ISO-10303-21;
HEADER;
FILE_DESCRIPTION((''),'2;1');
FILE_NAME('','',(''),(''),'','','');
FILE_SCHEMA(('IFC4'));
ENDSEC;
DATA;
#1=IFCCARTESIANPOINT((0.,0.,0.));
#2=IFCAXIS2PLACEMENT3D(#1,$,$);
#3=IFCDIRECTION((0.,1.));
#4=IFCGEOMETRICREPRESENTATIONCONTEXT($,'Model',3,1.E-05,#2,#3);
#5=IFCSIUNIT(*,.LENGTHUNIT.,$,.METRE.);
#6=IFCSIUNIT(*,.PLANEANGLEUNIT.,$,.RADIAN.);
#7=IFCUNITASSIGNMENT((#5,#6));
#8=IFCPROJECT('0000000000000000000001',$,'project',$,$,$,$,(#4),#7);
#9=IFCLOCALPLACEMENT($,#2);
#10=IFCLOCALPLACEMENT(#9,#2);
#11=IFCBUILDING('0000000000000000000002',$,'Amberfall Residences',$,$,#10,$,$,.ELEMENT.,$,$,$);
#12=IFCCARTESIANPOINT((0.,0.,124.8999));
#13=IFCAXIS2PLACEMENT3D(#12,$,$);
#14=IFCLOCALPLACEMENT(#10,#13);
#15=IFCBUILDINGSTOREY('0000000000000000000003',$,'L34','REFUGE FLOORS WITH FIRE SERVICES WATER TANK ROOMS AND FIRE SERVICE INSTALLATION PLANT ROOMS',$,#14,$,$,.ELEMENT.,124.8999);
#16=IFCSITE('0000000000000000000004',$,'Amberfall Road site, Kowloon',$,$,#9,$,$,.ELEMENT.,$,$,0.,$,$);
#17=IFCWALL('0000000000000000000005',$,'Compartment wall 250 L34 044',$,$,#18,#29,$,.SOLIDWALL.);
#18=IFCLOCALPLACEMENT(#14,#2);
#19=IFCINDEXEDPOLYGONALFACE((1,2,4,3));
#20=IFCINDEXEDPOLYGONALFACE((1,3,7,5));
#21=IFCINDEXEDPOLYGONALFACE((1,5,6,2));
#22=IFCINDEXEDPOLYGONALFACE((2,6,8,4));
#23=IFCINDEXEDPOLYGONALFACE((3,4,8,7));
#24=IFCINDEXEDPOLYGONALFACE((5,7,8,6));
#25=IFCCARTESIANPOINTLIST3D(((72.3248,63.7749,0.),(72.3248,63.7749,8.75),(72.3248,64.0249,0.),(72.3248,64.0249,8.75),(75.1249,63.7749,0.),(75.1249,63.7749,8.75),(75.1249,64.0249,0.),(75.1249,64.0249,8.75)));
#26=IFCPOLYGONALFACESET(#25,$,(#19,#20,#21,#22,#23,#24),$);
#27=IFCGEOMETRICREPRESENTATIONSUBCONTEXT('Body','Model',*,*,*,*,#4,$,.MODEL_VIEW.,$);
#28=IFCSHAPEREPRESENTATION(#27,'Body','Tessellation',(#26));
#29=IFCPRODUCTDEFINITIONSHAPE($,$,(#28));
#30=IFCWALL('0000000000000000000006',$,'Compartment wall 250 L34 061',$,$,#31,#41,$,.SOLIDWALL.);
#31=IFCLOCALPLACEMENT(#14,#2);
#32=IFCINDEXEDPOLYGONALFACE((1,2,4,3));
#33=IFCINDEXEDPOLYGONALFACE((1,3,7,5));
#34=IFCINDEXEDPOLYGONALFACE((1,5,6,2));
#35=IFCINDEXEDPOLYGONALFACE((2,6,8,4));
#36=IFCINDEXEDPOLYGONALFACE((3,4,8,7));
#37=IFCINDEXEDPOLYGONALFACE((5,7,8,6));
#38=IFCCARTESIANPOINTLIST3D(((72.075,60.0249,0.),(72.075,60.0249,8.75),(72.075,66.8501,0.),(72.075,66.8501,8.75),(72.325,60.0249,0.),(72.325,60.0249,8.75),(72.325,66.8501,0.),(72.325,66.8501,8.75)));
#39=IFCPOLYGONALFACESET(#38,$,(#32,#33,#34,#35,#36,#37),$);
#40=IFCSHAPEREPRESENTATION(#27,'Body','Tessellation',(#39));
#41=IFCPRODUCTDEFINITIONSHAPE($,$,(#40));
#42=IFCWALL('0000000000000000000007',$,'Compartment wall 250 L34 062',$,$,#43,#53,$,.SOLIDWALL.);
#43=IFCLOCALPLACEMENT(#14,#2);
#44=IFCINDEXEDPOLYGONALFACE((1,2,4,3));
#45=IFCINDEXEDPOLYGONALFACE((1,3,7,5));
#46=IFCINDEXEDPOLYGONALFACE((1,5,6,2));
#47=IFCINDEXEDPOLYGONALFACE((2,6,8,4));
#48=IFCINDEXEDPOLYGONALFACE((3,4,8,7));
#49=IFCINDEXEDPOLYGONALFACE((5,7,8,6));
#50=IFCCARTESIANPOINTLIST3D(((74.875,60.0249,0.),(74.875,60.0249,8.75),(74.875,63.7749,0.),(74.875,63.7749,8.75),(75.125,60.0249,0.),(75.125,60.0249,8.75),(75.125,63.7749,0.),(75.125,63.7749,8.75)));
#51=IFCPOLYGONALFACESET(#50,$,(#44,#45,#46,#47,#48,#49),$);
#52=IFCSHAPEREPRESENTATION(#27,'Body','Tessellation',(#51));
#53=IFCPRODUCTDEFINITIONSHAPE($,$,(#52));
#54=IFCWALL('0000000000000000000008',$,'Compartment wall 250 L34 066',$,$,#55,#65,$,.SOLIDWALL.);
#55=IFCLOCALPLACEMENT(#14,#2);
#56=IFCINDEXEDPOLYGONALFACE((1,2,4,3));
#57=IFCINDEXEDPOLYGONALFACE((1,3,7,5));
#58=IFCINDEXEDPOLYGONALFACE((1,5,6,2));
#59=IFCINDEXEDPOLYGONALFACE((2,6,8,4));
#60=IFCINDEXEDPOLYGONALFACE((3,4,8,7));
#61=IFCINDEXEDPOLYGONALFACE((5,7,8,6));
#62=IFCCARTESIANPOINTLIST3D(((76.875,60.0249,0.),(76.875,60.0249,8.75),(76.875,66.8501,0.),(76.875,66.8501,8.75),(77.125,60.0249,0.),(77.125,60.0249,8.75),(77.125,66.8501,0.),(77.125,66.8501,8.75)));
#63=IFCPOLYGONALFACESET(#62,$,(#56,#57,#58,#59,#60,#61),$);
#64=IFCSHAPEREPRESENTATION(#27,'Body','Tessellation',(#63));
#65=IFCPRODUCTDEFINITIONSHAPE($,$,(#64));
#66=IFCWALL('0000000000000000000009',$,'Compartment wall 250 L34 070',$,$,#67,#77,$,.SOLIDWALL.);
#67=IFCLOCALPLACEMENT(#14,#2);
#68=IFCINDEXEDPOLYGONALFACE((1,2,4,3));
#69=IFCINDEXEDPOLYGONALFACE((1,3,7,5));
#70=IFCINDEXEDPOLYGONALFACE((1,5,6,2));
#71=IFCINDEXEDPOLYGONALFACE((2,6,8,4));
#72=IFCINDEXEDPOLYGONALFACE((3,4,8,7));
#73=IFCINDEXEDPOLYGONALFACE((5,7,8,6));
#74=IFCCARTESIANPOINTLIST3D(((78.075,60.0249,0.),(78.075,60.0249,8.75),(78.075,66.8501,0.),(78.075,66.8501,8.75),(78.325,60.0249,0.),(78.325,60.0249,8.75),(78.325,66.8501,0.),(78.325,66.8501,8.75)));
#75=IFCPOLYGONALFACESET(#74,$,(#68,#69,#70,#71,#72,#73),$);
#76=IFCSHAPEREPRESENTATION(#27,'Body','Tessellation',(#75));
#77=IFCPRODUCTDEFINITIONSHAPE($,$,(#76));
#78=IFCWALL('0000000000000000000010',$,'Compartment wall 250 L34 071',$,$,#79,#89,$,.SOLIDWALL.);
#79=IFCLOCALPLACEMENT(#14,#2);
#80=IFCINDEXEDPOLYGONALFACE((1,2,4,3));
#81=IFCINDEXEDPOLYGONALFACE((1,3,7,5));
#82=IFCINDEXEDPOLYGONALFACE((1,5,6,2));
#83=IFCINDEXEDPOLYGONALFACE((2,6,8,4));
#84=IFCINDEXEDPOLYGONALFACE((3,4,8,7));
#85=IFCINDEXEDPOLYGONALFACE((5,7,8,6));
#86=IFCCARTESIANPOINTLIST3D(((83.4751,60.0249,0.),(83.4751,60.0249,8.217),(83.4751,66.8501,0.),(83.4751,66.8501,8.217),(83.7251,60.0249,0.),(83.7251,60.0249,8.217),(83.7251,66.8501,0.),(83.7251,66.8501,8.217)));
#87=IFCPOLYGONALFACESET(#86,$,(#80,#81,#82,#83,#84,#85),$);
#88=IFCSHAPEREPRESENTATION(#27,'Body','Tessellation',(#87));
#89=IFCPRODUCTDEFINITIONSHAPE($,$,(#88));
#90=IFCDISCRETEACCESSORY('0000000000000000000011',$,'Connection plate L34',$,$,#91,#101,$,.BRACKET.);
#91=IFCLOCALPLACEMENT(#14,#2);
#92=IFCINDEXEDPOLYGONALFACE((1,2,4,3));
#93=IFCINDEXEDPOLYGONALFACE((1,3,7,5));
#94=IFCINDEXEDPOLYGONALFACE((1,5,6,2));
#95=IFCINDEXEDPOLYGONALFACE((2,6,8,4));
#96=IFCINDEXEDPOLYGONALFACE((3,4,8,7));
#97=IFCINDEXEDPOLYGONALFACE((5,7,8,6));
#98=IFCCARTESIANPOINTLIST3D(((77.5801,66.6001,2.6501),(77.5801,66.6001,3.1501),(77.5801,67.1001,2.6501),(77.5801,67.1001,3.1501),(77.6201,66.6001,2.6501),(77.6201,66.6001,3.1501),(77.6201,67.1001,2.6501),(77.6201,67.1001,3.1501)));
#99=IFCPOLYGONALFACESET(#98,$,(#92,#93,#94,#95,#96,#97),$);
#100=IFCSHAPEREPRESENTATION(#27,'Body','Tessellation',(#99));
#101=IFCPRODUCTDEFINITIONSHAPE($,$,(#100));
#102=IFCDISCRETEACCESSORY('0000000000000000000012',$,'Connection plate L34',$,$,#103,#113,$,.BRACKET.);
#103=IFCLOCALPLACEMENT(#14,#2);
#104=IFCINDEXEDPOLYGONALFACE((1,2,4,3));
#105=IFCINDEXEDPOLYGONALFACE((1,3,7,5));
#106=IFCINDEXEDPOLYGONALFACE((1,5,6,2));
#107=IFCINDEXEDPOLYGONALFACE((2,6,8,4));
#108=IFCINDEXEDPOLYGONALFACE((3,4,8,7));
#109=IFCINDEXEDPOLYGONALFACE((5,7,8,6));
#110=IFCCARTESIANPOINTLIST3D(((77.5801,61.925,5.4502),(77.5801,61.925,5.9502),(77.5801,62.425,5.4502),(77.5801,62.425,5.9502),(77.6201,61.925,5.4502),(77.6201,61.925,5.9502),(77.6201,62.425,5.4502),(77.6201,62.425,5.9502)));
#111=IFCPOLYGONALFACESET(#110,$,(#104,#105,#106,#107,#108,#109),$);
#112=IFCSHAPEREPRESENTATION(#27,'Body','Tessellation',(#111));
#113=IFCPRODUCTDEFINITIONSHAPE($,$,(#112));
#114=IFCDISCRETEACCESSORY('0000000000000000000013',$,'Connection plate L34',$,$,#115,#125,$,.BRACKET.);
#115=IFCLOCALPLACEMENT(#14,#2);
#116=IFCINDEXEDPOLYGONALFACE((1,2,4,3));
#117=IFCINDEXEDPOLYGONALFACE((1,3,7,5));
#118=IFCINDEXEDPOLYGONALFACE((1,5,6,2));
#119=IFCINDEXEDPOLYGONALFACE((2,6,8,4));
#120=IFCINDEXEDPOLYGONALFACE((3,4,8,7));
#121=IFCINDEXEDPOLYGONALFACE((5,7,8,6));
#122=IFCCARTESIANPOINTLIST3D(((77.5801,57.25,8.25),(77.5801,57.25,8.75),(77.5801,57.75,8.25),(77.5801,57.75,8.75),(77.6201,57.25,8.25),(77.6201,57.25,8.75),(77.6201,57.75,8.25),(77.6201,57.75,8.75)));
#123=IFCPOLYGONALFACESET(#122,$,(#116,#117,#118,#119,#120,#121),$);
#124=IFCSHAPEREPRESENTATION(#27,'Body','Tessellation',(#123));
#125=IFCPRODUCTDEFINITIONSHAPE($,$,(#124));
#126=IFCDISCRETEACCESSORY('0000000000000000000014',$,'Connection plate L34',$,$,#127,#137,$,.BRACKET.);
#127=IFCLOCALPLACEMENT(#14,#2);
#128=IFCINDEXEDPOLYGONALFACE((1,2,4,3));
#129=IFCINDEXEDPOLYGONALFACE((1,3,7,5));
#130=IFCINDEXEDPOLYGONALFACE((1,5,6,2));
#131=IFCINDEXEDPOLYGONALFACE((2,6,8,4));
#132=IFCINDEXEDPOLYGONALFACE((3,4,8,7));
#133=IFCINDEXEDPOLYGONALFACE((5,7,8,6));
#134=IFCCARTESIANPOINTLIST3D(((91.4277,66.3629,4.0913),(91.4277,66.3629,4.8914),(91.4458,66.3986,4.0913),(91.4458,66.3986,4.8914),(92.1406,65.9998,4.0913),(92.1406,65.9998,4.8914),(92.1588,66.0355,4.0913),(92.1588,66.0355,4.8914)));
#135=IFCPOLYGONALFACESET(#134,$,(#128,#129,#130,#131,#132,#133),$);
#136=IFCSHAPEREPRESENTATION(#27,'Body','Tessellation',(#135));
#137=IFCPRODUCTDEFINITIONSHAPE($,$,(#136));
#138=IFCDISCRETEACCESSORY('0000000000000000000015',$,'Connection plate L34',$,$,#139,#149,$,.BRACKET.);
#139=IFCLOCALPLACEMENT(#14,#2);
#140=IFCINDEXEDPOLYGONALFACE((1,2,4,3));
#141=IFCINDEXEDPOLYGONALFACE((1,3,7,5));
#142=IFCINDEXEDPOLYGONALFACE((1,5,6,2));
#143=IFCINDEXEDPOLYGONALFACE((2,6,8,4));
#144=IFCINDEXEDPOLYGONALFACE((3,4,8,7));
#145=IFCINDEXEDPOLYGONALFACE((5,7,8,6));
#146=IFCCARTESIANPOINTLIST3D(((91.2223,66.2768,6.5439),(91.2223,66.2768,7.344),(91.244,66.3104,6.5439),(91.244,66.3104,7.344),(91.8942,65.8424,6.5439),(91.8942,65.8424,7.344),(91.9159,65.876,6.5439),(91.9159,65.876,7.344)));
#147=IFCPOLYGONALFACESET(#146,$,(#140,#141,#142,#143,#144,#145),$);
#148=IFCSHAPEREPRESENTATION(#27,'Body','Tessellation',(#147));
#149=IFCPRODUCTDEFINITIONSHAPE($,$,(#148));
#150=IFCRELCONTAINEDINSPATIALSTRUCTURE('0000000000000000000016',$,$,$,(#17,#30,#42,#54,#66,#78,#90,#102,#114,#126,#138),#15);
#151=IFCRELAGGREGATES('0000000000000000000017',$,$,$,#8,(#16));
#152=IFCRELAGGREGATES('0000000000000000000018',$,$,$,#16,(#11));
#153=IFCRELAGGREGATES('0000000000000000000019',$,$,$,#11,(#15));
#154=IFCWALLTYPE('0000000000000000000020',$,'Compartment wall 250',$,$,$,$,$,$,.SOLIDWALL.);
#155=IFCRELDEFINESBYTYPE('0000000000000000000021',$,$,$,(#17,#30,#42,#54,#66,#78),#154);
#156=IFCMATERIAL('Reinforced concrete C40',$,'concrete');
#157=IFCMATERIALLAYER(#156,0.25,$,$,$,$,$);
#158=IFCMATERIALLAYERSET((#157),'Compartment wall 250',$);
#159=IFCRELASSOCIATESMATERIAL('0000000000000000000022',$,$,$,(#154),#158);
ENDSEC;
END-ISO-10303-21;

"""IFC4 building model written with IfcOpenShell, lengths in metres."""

from ifc_helpers import new_model, si_unit, direction, frame, frame_2d, origin, origin_2d, place, context, subcontext, project, spatial, rectangle, extrude, material, layer, layer_set, type_object, element, save


model = new_model("IFC4")

# Units and contexts
model_context = context("Model", 3, precision=1e-05, world=origin(), true_north=direction((0.0, 1.0)))
body_context = subcontext(model_context, "Body", "Model", "MODEL_VIEW")
ifc_project = project(units=[si_unit("LENGTHUNIT", "METRE"), si_unit("PLANEANGLEUNIT", "RADIAN")], contexts=[model_context])

# Site, building, storey
site_placement = place(None, origin())
site = spatial("IfcSite", under=ifc_project, at=site_placement, Name="Amberfall Road site, Kowloon", CompositionType="ELEMENT", RefElevation=0.0)
building_placement = place(site_placement, origin())
building = spatial("IfcBuilding", under=site, at=building_placement, Name="Amberfall Residences", CompositionType="ELEMENT")
storey_placement = place(building_placement, frame((0.0, 0.0, 124.8999)))
storey = spatial("IfcBuildingStorey", under=building, at=storey_placement, Name="L34", Description="REFUGE FLOORS WITH FIRE SERVICES WATER TANK ROOMS AND FIRE SERVICE INSTALLATION PLANT ROOMS", CompositionType="ELEMENT", Elevation=124.8999)

# Shared definitions
ifc_material_1 = material(Name="Reinforced concrete C40", Category="concrete")
ifc_layer = layer(ifc_material_1, 0.25)
ifc_layer_set = layer_set([ifc_layer], Name="Compartment wall 250")
wall_type = type_object("IfcWallType", Name="Compartment wall 250", PredefinedType="SOLIDWALL", material=ifc_layer_set)

# Walls
wall_1_placement = place(storey_placement, frame((72.325, 63.8999, 0.0), z_axis=(0.0, 0.0, 1.0), x_axis=(1.0, 0.0, 0.0)))
element("IfcWall", 1, at=wall_1_placement, inside=storey, type_object=wall_type, Name="Compartment wall 250 L34 044", PredefinedType="SOLIDWALL", context=body_context, shape_type="SweptSolid", body=[
    extrude(rectangle(XDim=2.8, YDim=0.25, at=frame_2d((1.3999, 0.0))), origin(), (0.0, 0.0, 1.0), 8.75),
])
wall_2_placement = place(storey_placement, frame((72.2, 60.0249, 0.0), z_axis=(0.0, 0.0, 1.0), x_axis=(0.0, 1.0, 0.0)))
element("IfcWall", 2, at=wall_2_placement, inside=storey, type_object=wall_type, Name="Compartment wall 250 L34 061", PredefinedType="SOLIDWALL", context=body_context, shape_type="SweptSolid", body=[
    extrude(rectangle(XDim=6.8252, YDim=0.25, at=frame_2d((3.4126, 0.0))), origin(), (0.0, 0.0, 1.0), 8.75),
])
wall_3_placement = place(storey_placement, frame((75.0, 60.0249, 0.0), z_axis=(0.0, 0.0, 1.0), x_axis=(0.0, 1.0, 0.0)))
element("IfcWall", 3, at=wall_3_placement, inside=storey, type_object=wall_type, Name="Compartment wall 250 L34 062", PredefinedType="SOLIDWALL", context=body_context, shape_type="SweptSolid", body=[
    extrude(rectangle(XDim=3.75, YDim=0.25, at=frame_2d((1.875, 0.0))), origin(), (0.0, 0.0, 1.0), 8.75),
])
for number, where, z_axis, x_axis, name in (
    (4, (77.0, 60.0249, 0.0), (0.0, 0.0, 1.0), (0.0, 1.0, 0.0), "Compartment wall 250 L34 066"),
    (5, (78.2, 60.0249, 0.0), (0.0, 0.0, 1.0), (0.0, 1.0, 0.0), "Compartment wall 250 L34 070"),
):
    element("IfcWall", number, at=place(storey_placement, frame(where, z_axis=z_axis, x_axis=x_axis)), inside=storey, type_object=wall_type, Name=name, PredefinedType="SOLIDWALL", context=body_context, shape_type="SweptSolid", body=[
        extrude(rectangle(XDim=6.8252, YDim=0.25, at=frame_2d((3.4126, 0.0))), origin(), (0.0, 0.0, 1.0), 8.75),
    ])
wall_4_placement = place(storey_placement, frame((83.6001, 60.0249, 0.0), z_axis=(0.0, 0.0, 1.0), x_axis=(0.0, 1.0, 0.0)))
element("IfcWall", 6, at=wall_4_placement, inside=storey, type_object=wall_type, Name="Compartment wall 250 L34 071", PredefinedType="SOLIDWALL", context=body_context, shape_type="SweptSolid", body=[
    extrude(rectangle(XDim=6.8252, YDim=0.25, at=frame_2d((3.4126, 0.0))), origin(), (0.0, 0.0, 1.0), 8.217),
])

# Discrete accessories
for number, where, z_axis, x_axis, name in (
    (7, (77.6001, 66.8501, 2.6501), (0.0, 0.0, 1.0), (0.0, 1.0, 0.0), "Connection plate L34"),
    (8, (77.6001, 62.175, 5.4502), (0.0, 0.0, 1.0), (0.0, 1.0, 0.0), "Connection plate L34"),
    (9, (77.6001, 57.5, 8.25), (0.0, 0.0, 1.0), (0.0, 1.0, 0.0), "Connection plate L34"),
):
    element("IfcDiscreteAccessory", number, at=place(storey_placement, frame(where, z_axis=z_axis, x_axis=x_axis)), inside=storey, Name=name, PredefinedType="BRACKET", context=body_context, shape_type="SweptSolid", body=[
        extrude(rectangle(XDim=0.5, YDim=0.04, at=origin_2d()), origin(), (0.0, 0.0, 1.0), 0.5),
    ])
for number, where, z_axis, x_axis, name in (
    (10, (91.7932, 66.1992, 4.0913), (0.0, 0.0, 1.0), (-0.891086, 0.453835, 0.0), "Connection plate L34"),
    (11, (91.5691, 66.0764, 6.5439), (0.0, 0.0, 1.0), (-0.839772, 0.54294, 0.0), "Connection plate L34"),
):
    element("IfcDiscreteAccessory", number, at=place(storey_placement, frame(where, z_axis=z_axis, x_axis=x_axis)), inside=storey, Name=name, PredefinedType="BRACKET", context=body_context, shape_type="SweptSolid", body=[
        extrude(rectangle(XDim=0.8, YDim=0.04, at=origin_2d()), origin(), (0.0, 0.0, 1.0), 0.8),
    ])

save(model, "model.ifc")
